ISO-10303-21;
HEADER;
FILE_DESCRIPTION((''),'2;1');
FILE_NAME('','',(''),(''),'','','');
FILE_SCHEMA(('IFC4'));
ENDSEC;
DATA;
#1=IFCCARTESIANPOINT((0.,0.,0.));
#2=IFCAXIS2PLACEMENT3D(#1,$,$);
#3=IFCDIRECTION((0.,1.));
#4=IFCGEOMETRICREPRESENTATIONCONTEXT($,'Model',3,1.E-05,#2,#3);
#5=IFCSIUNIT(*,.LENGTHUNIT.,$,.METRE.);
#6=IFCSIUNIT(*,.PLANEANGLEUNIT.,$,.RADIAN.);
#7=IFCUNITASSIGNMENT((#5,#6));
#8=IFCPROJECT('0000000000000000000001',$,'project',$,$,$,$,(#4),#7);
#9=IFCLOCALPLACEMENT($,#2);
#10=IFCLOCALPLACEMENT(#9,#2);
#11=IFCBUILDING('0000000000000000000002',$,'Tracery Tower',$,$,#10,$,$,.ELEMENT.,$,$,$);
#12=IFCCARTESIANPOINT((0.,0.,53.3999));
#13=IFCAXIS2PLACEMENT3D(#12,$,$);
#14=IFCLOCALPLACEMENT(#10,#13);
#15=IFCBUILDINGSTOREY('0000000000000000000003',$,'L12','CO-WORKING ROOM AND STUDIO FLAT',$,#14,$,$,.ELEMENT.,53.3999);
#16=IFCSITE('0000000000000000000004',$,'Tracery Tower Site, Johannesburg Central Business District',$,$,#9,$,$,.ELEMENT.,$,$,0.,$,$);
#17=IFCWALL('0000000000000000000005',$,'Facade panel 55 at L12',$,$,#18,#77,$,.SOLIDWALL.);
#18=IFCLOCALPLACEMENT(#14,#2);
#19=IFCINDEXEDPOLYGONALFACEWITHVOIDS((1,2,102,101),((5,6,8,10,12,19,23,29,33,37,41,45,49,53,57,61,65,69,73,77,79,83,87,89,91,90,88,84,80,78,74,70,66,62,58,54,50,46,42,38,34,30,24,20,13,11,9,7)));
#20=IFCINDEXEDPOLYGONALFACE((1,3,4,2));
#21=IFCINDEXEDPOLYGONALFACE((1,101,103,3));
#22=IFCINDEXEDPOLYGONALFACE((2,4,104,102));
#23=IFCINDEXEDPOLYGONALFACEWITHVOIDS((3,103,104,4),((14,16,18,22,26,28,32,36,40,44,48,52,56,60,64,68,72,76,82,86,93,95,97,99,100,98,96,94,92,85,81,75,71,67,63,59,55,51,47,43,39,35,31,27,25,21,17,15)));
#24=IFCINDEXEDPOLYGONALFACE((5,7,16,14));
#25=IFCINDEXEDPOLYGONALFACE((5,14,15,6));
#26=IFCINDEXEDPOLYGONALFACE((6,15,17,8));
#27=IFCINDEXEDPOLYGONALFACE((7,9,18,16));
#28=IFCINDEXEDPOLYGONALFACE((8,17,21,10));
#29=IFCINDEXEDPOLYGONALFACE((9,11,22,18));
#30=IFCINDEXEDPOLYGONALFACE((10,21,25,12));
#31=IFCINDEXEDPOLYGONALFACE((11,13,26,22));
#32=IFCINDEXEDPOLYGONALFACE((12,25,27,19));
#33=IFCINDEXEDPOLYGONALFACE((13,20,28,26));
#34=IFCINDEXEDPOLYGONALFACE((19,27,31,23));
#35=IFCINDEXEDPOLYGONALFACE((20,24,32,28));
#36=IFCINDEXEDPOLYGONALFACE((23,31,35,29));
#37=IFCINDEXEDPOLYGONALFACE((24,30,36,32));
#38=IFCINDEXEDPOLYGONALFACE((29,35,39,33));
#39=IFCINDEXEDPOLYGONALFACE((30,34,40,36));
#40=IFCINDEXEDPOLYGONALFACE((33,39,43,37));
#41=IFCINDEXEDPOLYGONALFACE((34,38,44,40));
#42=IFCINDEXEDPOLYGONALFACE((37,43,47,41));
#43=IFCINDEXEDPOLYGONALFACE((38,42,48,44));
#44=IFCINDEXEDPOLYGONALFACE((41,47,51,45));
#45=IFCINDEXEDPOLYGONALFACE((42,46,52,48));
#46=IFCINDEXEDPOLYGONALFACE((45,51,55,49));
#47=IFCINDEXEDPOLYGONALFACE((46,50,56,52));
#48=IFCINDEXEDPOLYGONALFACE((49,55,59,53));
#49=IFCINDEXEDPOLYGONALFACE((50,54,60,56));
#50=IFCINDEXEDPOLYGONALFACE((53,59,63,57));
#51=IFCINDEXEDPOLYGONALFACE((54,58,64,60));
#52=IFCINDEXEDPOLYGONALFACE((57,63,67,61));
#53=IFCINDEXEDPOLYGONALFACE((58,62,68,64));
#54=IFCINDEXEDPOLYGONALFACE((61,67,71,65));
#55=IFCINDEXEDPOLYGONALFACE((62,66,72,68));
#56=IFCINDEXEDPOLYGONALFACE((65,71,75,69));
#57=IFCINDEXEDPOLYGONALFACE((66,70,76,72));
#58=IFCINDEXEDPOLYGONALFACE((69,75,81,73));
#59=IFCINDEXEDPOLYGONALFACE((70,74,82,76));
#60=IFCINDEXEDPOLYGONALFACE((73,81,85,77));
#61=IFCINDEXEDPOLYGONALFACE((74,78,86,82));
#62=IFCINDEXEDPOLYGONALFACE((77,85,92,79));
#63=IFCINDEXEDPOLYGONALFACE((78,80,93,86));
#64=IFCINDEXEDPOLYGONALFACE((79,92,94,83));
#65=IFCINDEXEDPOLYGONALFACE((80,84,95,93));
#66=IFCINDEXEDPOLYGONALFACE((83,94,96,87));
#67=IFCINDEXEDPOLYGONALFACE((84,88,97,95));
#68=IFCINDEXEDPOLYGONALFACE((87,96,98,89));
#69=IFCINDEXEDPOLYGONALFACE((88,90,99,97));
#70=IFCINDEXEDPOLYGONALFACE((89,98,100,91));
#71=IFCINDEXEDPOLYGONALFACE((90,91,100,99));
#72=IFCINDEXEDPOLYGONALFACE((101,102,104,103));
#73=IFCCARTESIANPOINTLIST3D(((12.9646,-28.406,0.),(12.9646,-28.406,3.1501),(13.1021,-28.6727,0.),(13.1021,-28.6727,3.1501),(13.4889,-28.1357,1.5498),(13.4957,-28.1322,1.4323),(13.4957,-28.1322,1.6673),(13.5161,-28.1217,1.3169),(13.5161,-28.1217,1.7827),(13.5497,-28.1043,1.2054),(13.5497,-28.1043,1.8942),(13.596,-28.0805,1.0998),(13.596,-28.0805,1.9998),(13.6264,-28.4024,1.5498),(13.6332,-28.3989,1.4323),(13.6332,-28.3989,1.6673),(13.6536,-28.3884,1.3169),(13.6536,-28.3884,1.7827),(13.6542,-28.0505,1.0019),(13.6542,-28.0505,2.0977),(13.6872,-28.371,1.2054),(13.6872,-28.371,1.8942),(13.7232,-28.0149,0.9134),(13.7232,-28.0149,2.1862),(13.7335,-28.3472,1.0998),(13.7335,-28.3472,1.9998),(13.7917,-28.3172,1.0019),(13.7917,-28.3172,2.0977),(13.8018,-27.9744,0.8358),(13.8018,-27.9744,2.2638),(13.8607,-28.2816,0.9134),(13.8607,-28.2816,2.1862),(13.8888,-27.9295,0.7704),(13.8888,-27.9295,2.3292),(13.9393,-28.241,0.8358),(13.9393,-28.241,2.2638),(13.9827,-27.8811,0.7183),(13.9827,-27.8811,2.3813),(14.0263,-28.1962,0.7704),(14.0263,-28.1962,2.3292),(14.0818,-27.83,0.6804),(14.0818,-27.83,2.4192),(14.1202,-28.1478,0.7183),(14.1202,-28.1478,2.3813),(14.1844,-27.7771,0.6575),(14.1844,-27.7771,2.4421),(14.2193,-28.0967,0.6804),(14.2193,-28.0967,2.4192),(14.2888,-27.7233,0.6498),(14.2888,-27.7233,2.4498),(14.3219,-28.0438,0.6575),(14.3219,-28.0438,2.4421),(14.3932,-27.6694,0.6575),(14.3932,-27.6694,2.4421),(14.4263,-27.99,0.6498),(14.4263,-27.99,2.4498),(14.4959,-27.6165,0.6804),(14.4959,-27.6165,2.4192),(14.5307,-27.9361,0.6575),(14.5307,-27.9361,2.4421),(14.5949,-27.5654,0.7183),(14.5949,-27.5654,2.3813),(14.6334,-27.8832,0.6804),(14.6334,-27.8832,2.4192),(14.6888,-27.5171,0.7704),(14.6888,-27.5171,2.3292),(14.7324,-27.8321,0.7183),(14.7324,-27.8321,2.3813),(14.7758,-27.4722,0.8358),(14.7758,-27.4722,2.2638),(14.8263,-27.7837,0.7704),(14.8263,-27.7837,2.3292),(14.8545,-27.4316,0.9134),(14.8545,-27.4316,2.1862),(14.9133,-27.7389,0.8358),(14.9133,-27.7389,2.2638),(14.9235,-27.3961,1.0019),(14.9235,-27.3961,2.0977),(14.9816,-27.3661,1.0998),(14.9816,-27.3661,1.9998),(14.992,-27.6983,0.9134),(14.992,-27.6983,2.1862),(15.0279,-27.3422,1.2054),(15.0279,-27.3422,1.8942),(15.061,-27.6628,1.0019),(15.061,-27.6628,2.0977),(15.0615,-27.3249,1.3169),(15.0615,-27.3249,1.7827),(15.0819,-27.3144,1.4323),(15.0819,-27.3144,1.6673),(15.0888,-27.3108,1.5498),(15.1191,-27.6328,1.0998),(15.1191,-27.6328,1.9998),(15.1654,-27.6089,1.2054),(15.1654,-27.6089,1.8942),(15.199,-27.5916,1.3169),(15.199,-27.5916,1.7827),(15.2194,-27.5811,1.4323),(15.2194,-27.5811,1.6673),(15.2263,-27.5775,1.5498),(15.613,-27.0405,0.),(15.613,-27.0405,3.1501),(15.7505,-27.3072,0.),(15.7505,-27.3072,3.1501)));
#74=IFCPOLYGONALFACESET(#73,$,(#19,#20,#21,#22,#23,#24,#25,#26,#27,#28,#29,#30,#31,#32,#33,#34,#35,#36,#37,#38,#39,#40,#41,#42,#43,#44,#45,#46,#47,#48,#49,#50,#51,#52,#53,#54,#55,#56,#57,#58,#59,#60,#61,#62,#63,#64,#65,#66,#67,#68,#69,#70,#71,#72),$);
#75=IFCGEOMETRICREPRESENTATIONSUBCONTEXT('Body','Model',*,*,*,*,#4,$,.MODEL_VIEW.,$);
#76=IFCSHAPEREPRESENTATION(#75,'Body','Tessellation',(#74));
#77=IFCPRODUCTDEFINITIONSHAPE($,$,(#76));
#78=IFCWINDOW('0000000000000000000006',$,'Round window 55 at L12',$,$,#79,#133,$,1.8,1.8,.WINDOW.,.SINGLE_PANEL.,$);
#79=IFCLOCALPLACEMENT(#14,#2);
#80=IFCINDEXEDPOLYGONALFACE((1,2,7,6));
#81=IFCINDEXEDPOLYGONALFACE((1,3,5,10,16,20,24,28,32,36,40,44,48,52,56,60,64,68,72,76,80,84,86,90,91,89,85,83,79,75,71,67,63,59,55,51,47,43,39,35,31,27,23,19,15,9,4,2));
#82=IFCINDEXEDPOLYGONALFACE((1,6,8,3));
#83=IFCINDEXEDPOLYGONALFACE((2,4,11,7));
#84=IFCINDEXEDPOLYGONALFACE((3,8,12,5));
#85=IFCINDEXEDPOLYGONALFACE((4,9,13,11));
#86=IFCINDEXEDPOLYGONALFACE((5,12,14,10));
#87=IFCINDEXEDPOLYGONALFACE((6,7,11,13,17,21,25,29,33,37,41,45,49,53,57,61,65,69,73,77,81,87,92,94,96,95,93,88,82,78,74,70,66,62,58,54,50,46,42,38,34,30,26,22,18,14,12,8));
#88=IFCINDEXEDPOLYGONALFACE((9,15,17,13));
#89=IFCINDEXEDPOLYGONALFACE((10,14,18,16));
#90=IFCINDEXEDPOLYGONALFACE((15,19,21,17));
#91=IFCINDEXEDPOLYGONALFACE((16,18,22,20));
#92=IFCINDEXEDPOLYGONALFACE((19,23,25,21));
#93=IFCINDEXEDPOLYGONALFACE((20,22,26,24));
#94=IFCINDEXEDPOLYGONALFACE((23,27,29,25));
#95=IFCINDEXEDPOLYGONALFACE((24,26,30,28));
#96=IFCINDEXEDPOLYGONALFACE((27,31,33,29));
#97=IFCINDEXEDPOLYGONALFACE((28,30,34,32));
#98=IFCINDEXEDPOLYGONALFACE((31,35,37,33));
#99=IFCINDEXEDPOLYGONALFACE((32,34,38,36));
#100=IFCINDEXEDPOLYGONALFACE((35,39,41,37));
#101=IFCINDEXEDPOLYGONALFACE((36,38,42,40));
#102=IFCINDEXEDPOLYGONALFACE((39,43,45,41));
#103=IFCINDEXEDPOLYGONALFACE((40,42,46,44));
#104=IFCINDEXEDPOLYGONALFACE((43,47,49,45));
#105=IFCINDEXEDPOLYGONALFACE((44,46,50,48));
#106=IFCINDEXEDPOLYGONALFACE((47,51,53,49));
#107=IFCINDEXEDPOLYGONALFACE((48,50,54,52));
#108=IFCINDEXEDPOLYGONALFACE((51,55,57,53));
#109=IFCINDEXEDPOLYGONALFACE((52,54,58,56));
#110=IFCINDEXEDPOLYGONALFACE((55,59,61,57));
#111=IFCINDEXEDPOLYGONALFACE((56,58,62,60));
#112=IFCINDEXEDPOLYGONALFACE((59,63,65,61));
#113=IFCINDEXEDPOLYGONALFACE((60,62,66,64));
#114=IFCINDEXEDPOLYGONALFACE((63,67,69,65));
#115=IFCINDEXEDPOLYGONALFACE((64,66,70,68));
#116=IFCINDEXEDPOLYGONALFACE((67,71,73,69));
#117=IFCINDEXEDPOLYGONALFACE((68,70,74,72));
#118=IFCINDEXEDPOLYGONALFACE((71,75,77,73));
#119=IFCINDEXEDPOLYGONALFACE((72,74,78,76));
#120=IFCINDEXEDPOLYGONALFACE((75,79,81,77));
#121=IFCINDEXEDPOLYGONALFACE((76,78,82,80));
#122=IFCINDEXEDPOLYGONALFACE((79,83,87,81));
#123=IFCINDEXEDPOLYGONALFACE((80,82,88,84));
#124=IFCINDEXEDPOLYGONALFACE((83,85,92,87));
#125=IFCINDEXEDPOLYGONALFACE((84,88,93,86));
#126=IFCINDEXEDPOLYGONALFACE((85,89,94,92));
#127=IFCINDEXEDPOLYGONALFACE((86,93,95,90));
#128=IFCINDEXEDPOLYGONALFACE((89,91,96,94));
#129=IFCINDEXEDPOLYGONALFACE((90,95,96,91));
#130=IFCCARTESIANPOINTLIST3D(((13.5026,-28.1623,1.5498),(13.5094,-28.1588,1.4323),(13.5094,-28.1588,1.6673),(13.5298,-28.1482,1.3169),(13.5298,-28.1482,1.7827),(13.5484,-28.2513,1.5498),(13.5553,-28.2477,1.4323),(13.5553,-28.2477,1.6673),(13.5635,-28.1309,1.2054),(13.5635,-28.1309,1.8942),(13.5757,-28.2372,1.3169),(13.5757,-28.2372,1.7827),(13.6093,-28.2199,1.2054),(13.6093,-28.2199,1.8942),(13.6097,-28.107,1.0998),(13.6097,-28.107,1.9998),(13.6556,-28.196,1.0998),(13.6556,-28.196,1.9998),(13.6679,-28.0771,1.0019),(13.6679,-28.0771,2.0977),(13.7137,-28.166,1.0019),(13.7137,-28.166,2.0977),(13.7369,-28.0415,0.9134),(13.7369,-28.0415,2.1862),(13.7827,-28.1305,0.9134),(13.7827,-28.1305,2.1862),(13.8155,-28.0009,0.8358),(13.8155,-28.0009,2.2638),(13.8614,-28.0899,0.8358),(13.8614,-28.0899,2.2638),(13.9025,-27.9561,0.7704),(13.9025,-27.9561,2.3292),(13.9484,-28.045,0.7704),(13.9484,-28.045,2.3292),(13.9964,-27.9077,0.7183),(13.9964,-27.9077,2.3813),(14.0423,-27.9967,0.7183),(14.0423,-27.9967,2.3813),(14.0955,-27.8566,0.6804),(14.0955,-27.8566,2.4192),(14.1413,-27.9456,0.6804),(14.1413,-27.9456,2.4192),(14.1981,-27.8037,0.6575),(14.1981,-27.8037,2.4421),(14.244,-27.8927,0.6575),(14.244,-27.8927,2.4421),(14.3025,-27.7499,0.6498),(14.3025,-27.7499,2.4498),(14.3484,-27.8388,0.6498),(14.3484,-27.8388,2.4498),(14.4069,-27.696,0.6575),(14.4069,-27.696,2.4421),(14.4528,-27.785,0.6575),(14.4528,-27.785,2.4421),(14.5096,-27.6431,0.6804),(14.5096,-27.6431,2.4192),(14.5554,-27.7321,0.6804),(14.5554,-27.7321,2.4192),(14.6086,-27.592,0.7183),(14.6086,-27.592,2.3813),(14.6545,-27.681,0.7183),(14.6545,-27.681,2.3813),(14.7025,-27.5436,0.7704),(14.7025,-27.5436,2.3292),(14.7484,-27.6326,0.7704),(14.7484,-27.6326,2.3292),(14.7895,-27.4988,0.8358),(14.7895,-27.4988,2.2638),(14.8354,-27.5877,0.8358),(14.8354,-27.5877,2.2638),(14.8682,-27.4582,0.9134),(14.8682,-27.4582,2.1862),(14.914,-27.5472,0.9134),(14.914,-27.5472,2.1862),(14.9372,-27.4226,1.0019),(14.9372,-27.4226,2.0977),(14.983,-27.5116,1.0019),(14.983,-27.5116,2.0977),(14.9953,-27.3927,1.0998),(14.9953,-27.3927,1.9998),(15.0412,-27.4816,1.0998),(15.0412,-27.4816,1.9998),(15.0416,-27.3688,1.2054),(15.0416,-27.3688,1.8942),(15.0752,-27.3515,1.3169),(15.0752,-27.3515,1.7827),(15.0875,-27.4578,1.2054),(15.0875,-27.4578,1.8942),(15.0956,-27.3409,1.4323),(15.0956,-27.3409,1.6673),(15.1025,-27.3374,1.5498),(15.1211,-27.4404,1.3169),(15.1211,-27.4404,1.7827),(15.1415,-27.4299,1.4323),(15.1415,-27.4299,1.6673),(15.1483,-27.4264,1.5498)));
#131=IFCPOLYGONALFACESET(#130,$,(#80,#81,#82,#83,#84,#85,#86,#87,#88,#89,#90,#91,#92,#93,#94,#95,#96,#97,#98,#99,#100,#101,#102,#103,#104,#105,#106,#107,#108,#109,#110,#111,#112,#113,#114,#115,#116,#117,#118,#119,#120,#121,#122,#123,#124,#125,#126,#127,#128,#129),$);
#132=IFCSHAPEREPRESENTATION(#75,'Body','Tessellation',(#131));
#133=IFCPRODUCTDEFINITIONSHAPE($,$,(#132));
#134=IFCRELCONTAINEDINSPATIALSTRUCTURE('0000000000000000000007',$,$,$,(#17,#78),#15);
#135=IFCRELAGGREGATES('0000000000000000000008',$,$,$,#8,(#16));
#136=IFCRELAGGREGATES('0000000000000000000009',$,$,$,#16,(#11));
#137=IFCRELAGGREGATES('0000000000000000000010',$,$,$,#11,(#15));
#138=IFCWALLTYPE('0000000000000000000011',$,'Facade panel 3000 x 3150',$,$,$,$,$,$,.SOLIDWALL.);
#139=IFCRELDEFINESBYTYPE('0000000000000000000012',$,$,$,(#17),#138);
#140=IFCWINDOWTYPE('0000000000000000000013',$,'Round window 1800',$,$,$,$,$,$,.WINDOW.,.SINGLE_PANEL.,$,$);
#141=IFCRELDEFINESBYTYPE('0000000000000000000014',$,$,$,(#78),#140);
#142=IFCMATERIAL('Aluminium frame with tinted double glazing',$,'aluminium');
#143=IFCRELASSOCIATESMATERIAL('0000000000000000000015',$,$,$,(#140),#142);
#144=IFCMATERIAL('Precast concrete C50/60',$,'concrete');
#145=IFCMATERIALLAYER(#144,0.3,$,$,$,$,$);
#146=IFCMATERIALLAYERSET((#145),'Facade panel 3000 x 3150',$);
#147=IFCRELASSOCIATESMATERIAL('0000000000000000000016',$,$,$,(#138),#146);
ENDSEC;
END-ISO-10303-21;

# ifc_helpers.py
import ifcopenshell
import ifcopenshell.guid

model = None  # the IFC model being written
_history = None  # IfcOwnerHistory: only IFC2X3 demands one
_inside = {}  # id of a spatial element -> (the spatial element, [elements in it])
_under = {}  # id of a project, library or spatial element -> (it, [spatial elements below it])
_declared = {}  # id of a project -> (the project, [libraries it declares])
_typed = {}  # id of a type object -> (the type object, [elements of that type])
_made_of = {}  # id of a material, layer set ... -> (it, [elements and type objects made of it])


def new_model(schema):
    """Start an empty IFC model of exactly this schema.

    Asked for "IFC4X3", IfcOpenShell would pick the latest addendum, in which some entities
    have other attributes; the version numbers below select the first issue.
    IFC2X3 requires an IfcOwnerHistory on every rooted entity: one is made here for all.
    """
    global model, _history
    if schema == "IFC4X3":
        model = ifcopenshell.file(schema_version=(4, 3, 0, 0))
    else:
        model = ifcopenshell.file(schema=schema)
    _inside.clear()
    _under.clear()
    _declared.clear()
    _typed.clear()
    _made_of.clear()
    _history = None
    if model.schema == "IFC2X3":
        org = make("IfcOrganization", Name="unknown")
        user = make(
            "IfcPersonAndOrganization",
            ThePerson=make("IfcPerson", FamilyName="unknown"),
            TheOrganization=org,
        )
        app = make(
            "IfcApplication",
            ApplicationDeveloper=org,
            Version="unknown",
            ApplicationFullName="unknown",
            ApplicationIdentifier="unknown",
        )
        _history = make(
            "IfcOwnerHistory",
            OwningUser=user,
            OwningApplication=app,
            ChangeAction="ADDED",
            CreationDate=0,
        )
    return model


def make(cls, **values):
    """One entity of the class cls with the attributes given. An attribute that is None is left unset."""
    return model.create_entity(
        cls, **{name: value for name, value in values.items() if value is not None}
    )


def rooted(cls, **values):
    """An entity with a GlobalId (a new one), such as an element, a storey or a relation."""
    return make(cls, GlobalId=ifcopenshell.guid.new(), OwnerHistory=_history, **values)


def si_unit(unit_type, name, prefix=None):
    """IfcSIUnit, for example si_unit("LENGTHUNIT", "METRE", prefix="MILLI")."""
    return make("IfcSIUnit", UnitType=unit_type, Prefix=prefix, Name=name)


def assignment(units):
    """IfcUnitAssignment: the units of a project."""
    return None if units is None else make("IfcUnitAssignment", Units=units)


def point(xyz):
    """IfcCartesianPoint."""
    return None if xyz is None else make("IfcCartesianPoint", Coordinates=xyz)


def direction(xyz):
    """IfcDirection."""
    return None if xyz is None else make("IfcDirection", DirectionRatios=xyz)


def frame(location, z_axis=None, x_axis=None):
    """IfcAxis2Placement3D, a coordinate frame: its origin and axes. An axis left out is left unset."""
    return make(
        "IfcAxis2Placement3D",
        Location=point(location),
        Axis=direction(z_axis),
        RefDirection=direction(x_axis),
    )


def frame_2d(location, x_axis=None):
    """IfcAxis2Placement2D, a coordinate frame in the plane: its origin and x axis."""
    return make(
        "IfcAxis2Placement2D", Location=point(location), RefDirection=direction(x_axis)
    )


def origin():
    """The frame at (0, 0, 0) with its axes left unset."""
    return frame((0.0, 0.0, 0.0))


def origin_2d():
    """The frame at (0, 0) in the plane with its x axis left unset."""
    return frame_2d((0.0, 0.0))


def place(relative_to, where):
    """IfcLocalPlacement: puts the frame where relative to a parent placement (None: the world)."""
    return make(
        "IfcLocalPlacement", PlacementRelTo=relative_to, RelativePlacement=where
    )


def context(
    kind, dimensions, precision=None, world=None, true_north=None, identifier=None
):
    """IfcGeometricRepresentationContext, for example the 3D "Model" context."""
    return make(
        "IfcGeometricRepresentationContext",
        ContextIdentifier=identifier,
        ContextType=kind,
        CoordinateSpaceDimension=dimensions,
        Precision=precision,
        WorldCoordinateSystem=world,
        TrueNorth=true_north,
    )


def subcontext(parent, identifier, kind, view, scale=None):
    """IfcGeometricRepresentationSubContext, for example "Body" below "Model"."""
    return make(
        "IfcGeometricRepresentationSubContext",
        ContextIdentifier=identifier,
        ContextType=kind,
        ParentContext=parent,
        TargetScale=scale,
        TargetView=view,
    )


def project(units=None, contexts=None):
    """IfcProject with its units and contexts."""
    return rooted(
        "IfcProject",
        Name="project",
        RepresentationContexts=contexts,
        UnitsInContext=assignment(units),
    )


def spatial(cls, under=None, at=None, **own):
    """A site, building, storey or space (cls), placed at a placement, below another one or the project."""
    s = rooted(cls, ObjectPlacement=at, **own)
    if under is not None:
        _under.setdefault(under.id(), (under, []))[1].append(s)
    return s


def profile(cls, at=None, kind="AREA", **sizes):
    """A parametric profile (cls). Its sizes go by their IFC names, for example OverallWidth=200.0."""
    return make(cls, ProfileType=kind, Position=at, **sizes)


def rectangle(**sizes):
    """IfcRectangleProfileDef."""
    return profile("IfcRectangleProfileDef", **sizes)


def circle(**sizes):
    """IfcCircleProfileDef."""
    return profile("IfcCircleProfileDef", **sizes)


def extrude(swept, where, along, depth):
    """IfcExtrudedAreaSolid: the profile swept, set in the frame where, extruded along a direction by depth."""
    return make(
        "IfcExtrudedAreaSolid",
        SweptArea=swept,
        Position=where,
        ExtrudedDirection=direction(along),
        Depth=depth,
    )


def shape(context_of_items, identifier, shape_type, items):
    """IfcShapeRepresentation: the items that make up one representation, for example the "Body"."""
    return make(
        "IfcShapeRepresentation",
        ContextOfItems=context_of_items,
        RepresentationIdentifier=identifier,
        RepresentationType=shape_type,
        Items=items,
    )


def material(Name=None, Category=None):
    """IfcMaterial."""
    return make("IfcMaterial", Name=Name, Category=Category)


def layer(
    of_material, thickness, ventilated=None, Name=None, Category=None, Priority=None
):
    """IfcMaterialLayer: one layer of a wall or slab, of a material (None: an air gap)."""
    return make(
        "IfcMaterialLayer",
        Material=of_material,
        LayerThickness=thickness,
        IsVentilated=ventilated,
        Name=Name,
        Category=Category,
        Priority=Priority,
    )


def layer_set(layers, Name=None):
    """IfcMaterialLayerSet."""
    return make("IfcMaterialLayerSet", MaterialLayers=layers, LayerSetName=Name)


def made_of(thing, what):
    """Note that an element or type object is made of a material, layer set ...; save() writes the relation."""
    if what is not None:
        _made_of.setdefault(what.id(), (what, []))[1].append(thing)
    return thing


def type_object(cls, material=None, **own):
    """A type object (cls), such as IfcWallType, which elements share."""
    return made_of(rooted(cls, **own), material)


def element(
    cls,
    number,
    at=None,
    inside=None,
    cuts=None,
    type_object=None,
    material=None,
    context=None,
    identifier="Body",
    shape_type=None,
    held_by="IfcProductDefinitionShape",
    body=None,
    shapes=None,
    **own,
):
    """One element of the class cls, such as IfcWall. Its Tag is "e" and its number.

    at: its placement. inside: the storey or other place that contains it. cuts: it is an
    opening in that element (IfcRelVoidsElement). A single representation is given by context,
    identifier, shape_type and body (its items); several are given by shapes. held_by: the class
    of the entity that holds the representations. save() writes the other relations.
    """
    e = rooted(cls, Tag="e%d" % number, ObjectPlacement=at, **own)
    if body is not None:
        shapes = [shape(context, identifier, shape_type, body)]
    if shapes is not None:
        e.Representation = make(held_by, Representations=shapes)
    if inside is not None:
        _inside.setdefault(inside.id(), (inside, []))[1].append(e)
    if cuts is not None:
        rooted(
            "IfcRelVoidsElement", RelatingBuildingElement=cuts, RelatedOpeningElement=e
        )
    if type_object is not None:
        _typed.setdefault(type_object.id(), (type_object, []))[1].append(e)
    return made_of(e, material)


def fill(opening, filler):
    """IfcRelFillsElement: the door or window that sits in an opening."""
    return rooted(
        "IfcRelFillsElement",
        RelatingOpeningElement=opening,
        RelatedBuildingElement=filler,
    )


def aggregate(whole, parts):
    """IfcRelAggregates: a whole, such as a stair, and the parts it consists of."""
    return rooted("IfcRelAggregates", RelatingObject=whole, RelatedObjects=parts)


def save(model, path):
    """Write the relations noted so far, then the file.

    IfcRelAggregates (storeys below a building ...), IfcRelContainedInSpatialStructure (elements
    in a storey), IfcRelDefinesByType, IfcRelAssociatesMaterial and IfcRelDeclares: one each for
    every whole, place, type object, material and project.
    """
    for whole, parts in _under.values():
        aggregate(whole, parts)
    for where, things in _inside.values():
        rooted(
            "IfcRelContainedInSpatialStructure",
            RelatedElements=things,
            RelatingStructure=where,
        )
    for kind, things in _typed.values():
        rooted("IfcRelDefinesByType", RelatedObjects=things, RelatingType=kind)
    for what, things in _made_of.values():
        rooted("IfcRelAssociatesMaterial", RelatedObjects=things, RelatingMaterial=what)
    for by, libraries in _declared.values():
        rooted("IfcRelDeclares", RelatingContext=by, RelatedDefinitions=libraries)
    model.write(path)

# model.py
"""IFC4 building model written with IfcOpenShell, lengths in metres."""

from ifc_helpers import new_model, si_unit, direction, frame, frame_2d, origin, origin_2d, place, context, subcontext, project, spatial, rectangle, circle, extrude, material, layer, layer_set, type_object, element, fill, save


model = new_model("IFC4")

# Units and contexts
model_context = context("Model", 3, precision=1e-05, world=origin(), true_north=direction((0.0, 1.0)))
body_context = subcontext(model_context, "Body", "Model", "MODEL_VIEW")
ifc_project = project(units=[si_unit("LENGTHUNIT", "METRE"), si_unit("PLANEANGLEUNIT", "RADIAN")], contexts=[model_context])

# Site, building, storey
site_placement = place(None, origin())
site = spatial("IfcSite", under=ifc_project, at=site_placement, Name="Tracery Tower Site, Johannesburg Central Business District", CompositionType="ELEMENT", RefElevation=0.0)
building_placement = place(site_placement, origin())
building = spatial("IfcBuilding", under=site, at=building_placement, Name="Tracery Tower", CompositionType="ELEMENT")
storey_placement = place(building_placement, frame((0.0, 0.0, 53.3999)))
storey = spatial("IfcBuildingStorey", under=building, at=storey_placement, Name="L12", Description="CO-WORKING ROOM AND STUDIO FLAT", CompositionType="ELEMENT", Elevation=53.3999)

# Wall, opening, window
ifc_material_1 = material(Name="Aluminium frame with tinted double glazing", Category="aluminium")
window_type = type_object("IfcWindowType", Name="Round window 1800", PartitioningType="SINGLE_PANEL", PredefinedType="WINDOW", material=ifc_material_1)
ifc_material_2 = material(Name="Precast concrete C50/60", Category="concrete")
ifc_layer_1 = layer(ifc_material_2, 0.3)
ifc_layer_set_1 = layer_set([ifc_layer_1], Name="Facade panel 3000 x 3150")
wall_type_1 = type_object("IfcWallType", Name="Facade panel 3000 x 3150", PredefinedType="SOLIDWALL", material=ifc_layer_set_1)
wall_1_placement = place(storey_placement, frame((13.0334, -28.5393, 0.0), z_axis=(0.0, 0.0, 1.0), x_axis=(0.88882, 0.458257, 0.0)))
wall_1 = element("IfcWall", 1, at=wall_1_placement, inside=storey, type_object=wall_type_1, Name="Facade panel 55 at L12", PredefinedType="SOLIDWALL", context=body_context, shape_type="SweptSolid", body=[
    extrude(rectangle(XDim=2.9797, YDim=0.3, at=frame_2d((1.4897, 0.0))), origin(), (0.0, 0.0, 1.0), 3.1501),
])
opening_1_placement = place(wall_1_placement, frame((1.4897, 0.0, 1.5498)))
opening_1 = element("IfcOpeningElement", 2, at=opening_1_placement, cuts=wall_1, PredefinedType="OPENING", context=body_context, shape_type="SweptSolid", body=[
    extrude(circle(Radius=0.9, at=origin_2d()), frame((0.0, 0.1599, 0.0), z_axis=(0.0, -1.0, 0.0), x_axis=(1.0, 0.0, 0.0)), (0.0, 0.0, 1.0), 0.3201),
])
window_1_placement = place(opening_1_placement, origin())
window_1 = element("IfcWindow", 3, at=window_1_placement, inside=storey, type_object=window_type, Name="Round window 55 at L12", OverallHeight=1.8, OverallWidth=1.8, PartitioningType="SINGLE_PANEL", PredefinedType="WINDOW", context=body_context, shape_type="SweptSolid", body=[
    extrude(circle(Radius=0.9, at=origin_2d()), frame((0.0, 0.1201, 0.0), z_axis=(0.0, -1.0, 0.0), x_axis=(1.0, 0.0, 0.0)), (0.0, 0.0, 1.0), 0.1001),
])
fill(opening_1, window_1)

save(model, "model.ifc")
